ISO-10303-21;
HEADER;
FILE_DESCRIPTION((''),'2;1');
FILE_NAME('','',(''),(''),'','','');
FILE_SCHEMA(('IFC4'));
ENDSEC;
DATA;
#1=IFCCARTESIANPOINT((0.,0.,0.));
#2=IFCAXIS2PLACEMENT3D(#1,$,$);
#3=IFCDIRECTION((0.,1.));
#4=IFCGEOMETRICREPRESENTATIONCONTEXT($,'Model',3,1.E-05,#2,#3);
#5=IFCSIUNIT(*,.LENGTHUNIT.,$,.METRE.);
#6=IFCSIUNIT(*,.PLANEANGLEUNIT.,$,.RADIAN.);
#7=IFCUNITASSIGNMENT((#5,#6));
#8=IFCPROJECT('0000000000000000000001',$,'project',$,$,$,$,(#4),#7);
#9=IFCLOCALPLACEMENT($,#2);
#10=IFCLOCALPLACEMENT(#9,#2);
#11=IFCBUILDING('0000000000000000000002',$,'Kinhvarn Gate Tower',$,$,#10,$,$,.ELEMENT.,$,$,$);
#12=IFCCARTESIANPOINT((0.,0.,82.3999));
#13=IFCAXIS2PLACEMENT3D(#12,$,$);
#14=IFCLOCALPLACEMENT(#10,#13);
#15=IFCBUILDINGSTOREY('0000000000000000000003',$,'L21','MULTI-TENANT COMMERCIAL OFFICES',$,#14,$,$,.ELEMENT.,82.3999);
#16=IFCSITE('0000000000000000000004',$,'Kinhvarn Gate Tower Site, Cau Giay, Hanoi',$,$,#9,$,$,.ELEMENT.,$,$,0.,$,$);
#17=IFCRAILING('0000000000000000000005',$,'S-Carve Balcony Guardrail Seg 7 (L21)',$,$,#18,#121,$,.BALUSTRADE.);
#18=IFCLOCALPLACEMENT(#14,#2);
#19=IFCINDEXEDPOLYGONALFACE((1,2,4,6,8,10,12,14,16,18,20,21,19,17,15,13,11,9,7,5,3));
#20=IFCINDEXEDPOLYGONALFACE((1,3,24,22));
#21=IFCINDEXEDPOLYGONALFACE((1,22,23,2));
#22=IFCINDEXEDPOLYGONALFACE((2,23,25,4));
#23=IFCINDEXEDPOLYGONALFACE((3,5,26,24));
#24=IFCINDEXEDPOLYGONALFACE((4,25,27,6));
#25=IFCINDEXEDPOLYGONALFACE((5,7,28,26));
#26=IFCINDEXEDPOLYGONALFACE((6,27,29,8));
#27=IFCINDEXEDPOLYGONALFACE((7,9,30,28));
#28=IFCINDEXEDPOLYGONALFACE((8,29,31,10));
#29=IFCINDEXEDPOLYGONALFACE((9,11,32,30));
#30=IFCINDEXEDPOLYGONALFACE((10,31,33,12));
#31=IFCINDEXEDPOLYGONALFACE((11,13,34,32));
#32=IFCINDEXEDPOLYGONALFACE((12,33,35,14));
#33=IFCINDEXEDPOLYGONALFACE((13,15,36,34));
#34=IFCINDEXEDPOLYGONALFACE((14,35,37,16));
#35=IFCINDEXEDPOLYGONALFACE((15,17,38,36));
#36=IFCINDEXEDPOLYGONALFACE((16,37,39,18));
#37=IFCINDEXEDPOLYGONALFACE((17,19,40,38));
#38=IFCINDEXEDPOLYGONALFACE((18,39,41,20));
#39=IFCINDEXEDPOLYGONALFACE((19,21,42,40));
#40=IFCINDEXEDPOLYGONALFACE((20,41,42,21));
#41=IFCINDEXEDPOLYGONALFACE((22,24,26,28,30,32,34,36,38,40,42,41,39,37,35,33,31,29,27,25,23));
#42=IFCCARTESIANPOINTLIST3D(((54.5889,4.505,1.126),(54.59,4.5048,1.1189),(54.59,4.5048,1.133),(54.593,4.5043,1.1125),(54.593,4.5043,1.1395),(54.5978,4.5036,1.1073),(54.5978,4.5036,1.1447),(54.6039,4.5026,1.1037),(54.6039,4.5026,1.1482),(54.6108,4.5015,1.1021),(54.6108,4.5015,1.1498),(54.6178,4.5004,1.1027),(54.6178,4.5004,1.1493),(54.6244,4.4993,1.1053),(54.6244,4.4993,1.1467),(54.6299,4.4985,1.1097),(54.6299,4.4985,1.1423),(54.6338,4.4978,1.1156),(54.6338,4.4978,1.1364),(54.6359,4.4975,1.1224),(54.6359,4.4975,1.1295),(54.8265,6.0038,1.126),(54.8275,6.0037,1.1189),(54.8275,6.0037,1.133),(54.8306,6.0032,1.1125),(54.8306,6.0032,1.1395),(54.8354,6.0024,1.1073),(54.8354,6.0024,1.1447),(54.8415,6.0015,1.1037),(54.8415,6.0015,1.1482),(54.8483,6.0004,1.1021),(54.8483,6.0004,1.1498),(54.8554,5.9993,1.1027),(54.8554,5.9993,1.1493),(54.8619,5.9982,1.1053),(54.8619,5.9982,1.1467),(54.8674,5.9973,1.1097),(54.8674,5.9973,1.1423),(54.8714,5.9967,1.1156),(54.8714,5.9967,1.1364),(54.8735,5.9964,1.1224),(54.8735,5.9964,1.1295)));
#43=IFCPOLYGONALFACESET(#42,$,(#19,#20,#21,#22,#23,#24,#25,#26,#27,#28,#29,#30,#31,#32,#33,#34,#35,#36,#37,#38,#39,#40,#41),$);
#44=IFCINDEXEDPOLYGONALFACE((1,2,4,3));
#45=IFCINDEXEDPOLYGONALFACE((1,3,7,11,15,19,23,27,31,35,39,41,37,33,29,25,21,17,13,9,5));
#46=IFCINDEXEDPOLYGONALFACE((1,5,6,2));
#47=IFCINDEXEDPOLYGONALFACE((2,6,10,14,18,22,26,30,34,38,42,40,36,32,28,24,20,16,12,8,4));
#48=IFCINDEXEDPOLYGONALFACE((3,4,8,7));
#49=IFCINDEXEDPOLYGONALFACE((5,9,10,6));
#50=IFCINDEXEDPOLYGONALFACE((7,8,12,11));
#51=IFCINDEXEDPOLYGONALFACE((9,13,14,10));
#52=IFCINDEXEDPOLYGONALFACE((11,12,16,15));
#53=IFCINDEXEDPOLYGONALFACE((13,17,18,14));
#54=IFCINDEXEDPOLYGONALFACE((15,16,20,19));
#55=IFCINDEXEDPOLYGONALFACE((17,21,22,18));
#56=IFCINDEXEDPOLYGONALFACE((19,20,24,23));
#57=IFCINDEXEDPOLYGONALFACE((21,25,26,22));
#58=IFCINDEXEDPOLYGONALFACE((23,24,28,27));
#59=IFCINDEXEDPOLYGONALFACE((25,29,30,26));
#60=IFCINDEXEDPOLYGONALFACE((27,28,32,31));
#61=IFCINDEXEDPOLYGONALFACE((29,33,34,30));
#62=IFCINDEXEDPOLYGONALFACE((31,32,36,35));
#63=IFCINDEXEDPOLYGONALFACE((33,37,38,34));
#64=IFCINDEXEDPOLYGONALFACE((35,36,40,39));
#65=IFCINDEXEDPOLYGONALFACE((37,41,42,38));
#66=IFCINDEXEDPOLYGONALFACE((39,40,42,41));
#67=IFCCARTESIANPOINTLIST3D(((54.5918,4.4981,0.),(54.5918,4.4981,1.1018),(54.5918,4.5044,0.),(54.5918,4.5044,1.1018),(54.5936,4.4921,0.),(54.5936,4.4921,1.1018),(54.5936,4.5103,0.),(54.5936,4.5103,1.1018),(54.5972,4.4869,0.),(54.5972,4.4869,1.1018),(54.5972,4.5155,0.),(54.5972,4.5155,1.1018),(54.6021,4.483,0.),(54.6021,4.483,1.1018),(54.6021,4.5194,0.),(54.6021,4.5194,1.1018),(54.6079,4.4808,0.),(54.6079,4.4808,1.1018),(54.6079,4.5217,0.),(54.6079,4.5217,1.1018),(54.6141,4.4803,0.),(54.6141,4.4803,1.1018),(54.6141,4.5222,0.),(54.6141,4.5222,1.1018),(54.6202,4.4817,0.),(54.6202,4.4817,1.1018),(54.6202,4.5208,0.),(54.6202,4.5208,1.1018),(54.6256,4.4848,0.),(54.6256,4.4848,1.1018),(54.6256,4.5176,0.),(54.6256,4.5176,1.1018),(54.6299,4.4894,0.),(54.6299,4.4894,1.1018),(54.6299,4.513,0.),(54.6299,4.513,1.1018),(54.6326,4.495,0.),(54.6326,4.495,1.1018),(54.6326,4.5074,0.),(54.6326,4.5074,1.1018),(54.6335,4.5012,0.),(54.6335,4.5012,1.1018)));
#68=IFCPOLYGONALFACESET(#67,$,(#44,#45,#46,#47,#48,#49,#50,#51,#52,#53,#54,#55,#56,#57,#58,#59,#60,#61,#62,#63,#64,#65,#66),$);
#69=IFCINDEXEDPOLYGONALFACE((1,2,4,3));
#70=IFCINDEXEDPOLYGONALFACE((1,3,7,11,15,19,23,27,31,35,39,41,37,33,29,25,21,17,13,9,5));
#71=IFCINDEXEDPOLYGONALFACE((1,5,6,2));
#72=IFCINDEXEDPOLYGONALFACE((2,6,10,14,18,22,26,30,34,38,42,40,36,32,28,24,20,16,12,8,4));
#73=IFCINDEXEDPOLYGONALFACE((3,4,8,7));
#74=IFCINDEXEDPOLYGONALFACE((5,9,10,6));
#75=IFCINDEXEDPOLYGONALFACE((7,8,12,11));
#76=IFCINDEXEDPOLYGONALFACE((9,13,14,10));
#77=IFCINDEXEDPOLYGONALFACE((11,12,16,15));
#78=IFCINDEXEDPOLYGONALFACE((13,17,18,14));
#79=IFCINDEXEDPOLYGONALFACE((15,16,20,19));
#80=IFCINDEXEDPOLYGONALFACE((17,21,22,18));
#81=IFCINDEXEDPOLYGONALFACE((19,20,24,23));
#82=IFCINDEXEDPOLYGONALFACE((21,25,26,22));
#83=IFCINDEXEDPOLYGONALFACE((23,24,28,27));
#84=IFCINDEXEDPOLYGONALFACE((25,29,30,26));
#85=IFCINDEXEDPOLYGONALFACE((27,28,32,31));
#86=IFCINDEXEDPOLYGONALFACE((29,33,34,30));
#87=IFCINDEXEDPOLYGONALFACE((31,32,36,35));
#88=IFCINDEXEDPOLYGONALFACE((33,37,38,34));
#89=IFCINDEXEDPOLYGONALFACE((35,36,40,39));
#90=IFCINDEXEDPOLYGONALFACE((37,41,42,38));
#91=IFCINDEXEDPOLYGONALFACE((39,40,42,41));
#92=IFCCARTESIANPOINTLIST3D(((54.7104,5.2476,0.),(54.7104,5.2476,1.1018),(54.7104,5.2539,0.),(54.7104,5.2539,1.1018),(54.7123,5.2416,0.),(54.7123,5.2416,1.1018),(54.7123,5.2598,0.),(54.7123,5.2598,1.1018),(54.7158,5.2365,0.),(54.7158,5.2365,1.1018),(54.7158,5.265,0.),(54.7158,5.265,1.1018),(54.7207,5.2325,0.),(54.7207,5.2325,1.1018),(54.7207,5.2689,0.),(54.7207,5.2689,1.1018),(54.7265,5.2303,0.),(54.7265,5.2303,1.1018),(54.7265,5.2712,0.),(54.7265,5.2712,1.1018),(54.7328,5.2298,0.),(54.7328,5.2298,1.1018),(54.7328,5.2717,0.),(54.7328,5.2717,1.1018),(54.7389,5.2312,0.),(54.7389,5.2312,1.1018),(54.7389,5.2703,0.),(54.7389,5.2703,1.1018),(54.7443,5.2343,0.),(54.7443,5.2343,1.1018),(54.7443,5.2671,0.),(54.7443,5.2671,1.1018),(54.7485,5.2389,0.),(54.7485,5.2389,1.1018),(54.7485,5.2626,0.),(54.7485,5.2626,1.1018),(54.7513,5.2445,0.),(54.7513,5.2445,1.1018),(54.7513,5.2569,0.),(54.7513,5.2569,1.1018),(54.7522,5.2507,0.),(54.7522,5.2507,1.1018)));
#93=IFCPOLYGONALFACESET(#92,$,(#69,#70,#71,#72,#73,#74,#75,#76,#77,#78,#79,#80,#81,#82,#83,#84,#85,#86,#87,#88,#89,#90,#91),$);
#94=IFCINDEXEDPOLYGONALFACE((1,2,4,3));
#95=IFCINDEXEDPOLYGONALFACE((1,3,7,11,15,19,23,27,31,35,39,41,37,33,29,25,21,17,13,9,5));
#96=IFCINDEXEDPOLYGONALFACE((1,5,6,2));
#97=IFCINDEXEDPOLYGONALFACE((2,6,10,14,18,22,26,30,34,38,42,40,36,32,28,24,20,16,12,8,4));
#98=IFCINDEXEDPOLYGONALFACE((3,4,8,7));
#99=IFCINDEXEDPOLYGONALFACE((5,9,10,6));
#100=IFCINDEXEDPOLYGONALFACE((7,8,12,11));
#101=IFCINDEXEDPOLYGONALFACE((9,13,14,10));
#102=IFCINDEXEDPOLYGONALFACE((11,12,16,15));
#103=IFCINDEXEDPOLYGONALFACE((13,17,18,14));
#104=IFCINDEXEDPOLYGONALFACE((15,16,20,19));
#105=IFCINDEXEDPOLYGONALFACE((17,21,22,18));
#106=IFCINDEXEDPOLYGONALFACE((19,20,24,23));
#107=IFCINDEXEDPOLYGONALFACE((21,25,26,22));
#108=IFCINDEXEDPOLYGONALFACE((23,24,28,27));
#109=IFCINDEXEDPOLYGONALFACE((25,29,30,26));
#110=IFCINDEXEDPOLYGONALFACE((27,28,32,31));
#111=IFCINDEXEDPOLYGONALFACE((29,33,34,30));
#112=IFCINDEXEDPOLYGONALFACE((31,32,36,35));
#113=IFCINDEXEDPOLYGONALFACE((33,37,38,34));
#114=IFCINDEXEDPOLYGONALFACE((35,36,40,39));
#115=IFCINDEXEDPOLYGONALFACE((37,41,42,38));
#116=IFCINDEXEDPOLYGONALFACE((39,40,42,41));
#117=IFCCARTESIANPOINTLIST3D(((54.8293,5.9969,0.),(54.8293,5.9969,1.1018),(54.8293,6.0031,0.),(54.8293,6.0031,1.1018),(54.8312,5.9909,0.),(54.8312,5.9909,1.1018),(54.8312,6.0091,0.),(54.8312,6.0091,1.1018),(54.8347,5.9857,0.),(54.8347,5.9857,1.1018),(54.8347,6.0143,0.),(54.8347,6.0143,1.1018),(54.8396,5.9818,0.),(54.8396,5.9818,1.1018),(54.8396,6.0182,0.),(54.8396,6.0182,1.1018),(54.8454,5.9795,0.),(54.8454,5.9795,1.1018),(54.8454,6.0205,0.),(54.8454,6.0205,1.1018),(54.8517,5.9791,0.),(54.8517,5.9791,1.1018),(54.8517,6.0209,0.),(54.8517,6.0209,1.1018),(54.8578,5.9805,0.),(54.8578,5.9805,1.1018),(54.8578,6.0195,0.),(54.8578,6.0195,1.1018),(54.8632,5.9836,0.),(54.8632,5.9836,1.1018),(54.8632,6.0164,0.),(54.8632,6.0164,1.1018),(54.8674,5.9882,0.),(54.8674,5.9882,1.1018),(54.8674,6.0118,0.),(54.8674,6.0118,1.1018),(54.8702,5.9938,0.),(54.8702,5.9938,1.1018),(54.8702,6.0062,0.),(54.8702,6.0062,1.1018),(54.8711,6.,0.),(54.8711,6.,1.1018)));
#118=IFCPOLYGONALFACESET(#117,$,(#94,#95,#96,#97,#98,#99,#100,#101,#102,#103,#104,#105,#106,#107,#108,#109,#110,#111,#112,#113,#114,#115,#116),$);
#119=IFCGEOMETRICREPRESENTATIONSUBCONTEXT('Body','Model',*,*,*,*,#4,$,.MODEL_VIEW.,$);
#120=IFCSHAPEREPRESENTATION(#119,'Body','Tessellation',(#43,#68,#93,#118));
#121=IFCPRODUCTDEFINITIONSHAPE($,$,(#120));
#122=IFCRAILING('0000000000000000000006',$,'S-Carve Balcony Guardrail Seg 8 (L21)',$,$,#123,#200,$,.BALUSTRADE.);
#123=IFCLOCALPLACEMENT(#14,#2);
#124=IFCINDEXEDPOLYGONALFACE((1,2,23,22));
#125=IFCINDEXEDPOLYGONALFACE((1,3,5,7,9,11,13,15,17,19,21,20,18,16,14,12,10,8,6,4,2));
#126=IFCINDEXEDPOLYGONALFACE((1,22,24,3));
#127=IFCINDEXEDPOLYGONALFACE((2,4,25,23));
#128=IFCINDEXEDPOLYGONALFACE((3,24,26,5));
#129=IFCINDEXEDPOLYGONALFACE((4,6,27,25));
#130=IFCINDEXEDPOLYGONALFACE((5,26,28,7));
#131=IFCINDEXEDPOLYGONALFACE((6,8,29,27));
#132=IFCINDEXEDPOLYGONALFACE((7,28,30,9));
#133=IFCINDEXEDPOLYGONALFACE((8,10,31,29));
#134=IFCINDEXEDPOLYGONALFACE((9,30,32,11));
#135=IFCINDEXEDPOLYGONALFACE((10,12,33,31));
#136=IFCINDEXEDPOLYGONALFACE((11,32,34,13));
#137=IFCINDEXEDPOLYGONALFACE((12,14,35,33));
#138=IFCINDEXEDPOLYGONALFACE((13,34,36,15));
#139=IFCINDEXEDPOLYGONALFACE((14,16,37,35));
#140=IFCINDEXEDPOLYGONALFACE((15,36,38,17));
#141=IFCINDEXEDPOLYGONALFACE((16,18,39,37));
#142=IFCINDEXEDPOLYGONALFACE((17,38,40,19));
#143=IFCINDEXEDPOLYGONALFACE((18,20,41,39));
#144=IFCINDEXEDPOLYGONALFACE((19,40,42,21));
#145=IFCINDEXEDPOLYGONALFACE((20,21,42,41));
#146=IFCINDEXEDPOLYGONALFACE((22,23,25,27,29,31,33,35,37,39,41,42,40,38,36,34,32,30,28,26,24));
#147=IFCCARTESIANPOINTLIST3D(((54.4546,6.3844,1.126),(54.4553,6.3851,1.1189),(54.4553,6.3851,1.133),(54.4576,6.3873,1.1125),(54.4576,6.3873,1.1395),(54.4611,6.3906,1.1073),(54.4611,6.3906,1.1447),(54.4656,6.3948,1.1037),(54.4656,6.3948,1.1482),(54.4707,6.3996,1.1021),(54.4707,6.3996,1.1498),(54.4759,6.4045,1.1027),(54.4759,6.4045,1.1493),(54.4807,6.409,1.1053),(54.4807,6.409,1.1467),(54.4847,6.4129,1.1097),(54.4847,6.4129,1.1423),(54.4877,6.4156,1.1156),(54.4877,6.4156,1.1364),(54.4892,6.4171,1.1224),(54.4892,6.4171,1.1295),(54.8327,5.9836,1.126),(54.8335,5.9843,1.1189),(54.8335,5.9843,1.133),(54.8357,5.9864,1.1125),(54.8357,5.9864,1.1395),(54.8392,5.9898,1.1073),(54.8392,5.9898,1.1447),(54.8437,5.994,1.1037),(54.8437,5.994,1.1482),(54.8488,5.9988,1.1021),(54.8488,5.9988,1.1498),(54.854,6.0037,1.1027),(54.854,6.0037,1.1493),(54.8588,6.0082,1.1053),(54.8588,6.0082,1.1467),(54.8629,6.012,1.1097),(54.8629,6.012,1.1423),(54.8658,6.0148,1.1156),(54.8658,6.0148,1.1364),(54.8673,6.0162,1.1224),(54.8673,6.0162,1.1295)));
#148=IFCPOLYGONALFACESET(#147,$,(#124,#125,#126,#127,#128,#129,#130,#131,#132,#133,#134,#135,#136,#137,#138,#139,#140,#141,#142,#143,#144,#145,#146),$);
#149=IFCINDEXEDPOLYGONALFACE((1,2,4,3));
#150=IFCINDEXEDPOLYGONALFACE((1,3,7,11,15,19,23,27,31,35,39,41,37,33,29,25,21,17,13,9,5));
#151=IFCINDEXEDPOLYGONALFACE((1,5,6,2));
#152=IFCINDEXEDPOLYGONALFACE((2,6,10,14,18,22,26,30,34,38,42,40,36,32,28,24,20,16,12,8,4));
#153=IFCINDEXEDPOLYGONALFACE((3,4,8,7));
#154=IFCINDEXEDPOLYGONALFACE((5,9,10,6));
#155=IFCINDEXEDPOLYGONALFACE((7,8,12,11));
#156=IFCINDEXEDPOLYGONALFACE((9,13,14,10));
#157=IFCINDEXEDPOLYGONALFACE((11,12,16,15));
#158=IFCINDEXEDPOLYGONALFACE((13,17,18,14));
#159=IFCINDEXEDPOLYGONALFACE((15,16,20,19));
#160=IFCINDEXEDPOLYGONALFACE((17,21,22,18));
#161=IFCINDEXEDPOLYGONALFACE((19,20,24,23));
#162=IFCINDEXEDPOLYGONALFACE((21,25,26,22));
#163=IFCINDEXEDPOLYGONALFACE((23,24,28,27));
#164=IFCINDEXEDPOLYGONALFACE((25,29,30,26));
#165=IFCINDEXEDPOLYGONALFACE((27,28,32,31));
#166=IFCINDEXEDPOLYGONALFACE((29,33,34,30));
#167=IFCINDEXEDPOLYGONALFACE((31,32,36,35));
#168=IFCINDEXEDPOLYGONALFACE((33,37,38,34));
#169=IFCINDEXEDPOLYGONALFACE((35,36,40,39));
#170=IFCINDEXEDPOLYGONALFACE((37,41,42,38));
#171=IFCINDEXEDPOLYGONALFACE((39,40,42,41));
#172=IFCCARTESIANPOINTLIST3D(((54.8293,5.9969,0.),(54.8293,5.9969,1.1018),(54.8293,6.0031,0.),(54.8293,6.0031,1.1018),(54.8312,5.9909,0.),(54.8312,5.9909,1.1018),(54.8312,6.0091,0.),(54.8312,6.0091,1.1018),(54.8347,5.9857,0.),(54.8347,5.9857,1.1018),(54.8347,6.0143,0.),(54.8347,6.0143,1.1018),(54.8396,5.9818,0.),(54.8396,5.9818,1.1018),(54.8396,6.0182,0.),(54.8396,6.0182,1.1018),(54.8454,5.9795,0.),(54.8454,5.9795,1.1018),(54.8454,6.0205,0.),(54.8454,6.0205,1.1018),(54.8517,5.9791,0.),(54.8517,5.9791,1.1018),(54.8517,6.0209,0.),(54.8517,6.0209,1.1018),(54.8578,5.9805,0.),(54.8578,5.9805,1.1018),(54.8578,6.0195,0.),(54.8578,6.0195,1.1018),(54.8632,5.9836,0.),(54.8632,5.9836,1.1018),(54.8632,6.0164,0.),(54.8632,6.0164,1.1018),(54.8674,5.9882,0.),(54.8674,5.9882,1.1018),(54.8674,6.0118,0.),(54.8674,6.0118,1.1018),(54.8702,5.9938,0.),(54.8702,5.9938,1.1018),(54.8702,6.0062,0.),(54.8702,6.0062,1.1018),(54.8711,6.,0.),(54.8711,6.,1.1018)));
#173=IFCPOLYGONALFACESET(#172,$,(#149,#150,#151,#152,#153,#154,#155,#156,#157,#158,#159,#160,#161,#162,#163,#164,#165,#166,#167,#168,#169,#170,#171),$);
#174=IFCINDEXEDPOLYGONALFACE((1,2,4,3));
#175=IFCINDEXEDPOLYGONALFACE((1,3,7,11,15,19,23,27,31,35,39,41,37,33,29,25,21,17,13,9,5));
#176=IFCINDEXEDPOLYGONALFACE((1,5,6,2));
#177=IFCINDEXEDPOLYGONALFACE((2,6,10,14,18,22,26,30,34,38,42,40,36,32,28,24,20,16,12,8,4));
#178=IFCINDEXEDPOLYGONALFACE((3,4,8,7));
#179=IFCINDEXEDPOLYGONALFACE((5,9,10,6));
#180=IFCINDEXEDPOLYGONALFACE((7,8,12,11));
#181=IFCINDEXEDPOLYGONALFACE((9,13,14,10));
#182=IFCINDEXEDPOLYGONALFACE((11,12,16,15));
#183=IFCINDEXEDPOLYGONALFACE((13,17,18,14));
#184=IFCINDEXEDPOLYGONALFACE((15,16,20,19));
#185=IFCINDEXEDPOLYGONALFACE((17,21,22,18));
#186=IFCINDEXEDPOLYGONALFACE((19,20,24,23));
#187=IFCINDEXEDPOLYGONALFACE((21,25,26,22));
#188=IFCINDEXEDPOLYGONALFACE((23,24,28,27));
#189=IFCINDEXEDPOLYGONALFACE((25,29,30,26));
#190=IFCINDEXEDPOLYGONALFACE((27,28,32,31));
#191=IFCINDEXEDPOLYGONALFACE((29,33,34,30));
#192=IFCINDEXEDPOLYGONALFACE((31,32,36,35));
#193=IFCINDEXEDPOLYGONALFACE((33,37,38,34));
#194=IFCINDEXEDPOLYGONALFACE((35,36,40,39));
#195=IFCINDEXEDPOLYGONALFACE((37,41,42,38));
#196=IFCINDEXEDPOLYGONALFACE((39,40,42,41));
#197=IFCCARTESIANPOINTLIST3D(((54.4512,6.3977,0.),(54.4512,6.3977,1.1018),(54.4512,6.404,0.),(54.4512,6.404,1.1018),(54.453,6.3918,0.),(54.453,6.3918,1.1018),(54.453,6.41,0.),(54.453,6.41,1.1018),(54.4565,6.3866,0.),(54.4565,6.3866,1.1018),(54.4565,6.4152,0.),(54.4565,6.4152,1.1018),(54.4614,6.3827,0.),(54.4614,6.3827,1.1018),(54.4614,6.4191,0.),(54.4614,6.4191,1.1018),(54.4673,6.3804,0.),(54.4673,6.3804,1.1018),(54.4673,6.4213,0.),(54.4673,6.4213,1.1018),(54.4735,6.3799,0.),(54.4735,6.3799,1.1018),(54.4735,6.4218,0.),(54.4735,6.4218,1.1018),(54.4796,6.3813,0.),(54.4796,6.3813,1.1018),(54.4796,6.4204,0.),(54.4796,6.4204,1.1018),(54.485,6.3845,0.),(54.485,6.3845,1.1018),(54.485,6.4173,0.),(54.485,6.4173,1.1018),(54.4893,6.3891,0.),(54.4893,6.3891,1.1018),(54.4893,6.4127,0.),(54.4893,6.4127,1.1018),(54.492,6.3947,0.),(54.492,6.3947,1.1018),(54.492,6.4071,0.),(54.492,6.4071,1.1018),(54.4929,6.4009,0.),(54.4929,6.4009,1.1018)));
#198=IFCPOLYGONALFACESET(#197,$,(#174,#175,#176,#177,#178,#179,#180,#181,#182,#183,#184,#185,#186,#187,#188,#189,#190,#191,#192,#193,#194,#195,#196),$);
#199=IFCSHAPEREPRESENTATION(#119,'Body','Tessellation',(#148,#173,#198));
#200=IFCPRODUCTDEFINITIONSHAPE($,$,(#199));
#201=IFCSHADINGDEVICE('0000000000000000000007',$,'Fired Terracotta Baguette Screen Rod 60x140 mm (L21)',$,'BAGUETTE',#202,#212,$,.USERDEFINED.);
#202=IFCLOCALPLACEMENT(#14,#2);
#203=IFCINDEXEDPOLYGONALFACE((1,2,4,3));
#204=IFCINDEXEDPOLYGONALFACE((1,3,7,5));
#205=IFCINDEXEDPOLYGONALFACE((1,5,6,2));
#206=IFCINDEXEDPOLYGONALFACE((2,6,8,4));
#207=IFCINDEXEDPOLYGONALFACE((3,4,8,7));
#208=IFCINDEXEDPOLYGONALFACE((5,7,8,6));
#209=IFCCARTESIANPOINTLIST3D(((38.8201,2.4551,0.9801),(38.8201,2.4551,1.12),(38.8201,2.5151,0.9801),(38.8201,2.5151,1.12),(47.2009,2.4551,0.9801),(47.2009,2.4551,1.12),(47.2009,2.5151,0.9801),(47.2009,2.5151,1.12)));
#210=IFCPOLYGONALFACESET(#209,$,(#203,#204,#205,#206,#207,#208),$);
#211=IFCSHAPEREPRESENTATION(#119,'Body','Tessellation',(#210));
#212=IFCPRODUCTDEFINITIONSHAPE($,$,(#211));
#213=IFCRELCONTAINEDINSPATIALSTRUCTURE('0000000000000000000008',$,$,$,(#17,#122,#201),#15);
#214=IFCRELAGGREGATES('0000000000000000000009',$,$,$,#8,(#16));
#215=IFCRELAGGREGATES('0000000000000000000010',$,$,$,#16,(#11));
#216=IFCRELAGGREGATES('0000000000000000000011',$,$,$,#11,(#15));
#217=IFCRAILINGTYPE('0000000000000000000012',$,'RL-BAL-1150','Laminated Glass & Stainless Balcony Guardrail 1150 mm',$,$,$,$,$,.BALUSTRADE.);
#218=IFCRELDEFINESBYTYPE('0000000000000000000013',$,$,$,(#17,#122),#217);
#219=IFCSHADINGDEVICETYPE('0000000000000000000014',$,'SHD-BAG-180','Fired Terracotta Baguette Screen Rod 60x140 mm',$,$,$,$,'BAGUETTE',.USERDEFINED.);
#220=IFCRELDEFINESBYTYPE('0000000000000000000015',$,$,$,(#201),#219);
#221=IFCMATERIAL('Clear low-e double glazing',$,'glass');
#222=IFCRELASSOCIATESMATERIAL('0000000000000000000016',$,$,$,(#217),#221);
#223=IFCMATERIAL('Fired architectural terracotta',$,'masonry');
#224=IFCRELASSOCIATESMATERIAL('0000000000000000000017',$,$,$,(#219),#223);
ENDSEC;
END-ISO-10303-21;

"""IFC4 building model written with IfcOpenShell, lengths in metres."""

from ifc_helpers import new_model, si_unit, direction, frame, origin, origin_2d, place, context, subcontext, project, spatial, rectangle, circle, extrude, material, material_profile, profile_set, type_object, element, save


model = new_model("IFC4")

# Units and contexts
model_context = context("Model", 3, precision=1e-05, world=origin(), true_north=direction((0.0, 1.0)))
body_context = subcontext(model_context, "Body", "Model", "MODEL_VIEW")
ifc_project = project(units=[si_unit("LENGTHUNIT", "METRE"), si_unit("PLANEANGLEUNIT", "RADIAN")], contexts=[model_context])

# Site, building, storey
site_placement = place(None, origin())
site = spatial("IfcSite", under=ifc_project, at=site_placement, Name="Kinhvarn Gate Tower Site, Cau Giay, Hanoi", CompositionType="ELEMENT", RefElevation=0.0)
building_placement = place(site_placement, origin())
building = spatial("IfcBuilding", under=site, at=building_placement, Name="Kinhvarn Gate Tower", CompositionType="ELEMENT")
storey_placement = place(building_placement, frame((0.0, 0.0, 82.3999)))
storey = spatial("IfcBuildingStorey", under=building, at=storey_placement, Name="L21", Description="MULTI-TENANT COMMERCIAL OFFICES", CompositionType="ELEMENT", Elevation=82.3999)

# Shared definitions
ifc_material_1 = material(Name="Clear low-e double glazing", Category="glass")

# Shared definitions
ifc_material_2 = material(Name="Fired architectural terracotta", Category="masonry")

# Railings
railing_type = type_object("IfcRailingType", Name="RL-BAL-1150", Description="Laminated Glass & Stainless Balcony Guardrail 1150 mm", PredefinedType="BALUSTRADE", material=ifc_material_1)
railing_1_placement = place(storey_placement, frame((54.6125, 4.5012, 0.0)))
element("IfcRailing", 1, at=railing_1_placement, inside=storey, type_object=railing_type, Name="S-Carve Balcony Guardrail Seg 7 (L21)", PredefinedType="BALUSTRADE", context=body_context, shape_type="SweptSolid", body=[
    extrude(circle(Radius=0.0239, at=origin_2d()), frame((0.0, 0.0, 1.126), z_axis=(0.156541, 0.987671, 0.0), x_axis=(-0.987671, 0.156541, 0.0)), (0.0, 0.0, 1.0), 1.5176),
    extrude(circle(Radius=0.021, at=origin_2d()), origin(), (0.0, 0.0, 1.0), 1.1018),
    extrude(circle(Radius=0.021, at=origin_2d()), frame((0.1187, 0.7495, 0.0)), (0.0, 0.0, 1.0), 1.1018),
    extrude(circle(Radius=0.021, at=origin_2d()), frame((0.2375, 1.4988, 0.0)), (0.0, 0.0, 1.0), 1.1018),
])
railing_2_placement = place(storey_placement, frame((54.8501, 6.0, 0.0)))
element("IfcRailing", 2, at=railing_2_placement, inside=storey, type_object=railing_type, Name="S-Carve Balcony Guardrail Seg 8 (L21)", PredefinedType="BALUSTRADE", context=body_context, shape_type="SweptSolid", body=[
    extrude(circle(Radius=0.0239, at=origin_2d()), frame((0.0, 0.0, 1.126), z_axis=(-0.686207, 0.727406, 0.0), x_axis=(-0.727406, -0.686207, 0.0)), (0.0, 0.0, 1.0), 0.551),
    extrude(circle(Radius=0.021, at=origin_2d()), origin(), (0.0, 0.0, 1.0), 1.1018),
    extrude(circle(Radius=0.021, at=origin_2d()), frame((-0.3782, 0.4009, 0.0)), (0.0, 0.0, 1.0), 1.1018),
])

# Shading device
ifc_material_profile_1 = material_profile(ifc_material_2, rectangle(XDim=0.0601, YDim=0.1399, at=origin_2d()), Name="TC 60x140")
ifc_profile_set_1 = profile_set([ifc_material_profile_1], Name="Fired architectural terracotta")
shading_device_type = type_object("IfcShadingDeviceType", Name="SHD-BAG-180", Description="Fired Terracotta Baguette Screen Rod 60x140 mm", ElementType="BAGUETTE", PredefinedType="USERDEFINED", material=ifc_profile_set_1)
for number, where, z_axis, x_axis, name in (
    (3, (38.8201, 2.4851, 1.05), (1.0, 0.0, 0.0), (0.0, 1.0, 0.0), "Fired Terracotta Baguette Screen Rod 60x140 mm (L21)"),
):
    element("IfcShadingDevice", number, at=place(storey_placement, frame(where, z_axis=z_axis, x_axis=x_axis)), inside=storey, type_object=shading_device_type, Name=name, ObjectType="BAGUETTE", PredefinedType="USERDEFINED", context=body_context, shape_type="SweptSolid", body=[
        extrude(rectangle(XDim=0.0601, YDim=0.1399, at=origin_2d()), origin(), (0.0, 0.0, 1.0), 8.3809),
    ])

save(model, "model.ifc")
